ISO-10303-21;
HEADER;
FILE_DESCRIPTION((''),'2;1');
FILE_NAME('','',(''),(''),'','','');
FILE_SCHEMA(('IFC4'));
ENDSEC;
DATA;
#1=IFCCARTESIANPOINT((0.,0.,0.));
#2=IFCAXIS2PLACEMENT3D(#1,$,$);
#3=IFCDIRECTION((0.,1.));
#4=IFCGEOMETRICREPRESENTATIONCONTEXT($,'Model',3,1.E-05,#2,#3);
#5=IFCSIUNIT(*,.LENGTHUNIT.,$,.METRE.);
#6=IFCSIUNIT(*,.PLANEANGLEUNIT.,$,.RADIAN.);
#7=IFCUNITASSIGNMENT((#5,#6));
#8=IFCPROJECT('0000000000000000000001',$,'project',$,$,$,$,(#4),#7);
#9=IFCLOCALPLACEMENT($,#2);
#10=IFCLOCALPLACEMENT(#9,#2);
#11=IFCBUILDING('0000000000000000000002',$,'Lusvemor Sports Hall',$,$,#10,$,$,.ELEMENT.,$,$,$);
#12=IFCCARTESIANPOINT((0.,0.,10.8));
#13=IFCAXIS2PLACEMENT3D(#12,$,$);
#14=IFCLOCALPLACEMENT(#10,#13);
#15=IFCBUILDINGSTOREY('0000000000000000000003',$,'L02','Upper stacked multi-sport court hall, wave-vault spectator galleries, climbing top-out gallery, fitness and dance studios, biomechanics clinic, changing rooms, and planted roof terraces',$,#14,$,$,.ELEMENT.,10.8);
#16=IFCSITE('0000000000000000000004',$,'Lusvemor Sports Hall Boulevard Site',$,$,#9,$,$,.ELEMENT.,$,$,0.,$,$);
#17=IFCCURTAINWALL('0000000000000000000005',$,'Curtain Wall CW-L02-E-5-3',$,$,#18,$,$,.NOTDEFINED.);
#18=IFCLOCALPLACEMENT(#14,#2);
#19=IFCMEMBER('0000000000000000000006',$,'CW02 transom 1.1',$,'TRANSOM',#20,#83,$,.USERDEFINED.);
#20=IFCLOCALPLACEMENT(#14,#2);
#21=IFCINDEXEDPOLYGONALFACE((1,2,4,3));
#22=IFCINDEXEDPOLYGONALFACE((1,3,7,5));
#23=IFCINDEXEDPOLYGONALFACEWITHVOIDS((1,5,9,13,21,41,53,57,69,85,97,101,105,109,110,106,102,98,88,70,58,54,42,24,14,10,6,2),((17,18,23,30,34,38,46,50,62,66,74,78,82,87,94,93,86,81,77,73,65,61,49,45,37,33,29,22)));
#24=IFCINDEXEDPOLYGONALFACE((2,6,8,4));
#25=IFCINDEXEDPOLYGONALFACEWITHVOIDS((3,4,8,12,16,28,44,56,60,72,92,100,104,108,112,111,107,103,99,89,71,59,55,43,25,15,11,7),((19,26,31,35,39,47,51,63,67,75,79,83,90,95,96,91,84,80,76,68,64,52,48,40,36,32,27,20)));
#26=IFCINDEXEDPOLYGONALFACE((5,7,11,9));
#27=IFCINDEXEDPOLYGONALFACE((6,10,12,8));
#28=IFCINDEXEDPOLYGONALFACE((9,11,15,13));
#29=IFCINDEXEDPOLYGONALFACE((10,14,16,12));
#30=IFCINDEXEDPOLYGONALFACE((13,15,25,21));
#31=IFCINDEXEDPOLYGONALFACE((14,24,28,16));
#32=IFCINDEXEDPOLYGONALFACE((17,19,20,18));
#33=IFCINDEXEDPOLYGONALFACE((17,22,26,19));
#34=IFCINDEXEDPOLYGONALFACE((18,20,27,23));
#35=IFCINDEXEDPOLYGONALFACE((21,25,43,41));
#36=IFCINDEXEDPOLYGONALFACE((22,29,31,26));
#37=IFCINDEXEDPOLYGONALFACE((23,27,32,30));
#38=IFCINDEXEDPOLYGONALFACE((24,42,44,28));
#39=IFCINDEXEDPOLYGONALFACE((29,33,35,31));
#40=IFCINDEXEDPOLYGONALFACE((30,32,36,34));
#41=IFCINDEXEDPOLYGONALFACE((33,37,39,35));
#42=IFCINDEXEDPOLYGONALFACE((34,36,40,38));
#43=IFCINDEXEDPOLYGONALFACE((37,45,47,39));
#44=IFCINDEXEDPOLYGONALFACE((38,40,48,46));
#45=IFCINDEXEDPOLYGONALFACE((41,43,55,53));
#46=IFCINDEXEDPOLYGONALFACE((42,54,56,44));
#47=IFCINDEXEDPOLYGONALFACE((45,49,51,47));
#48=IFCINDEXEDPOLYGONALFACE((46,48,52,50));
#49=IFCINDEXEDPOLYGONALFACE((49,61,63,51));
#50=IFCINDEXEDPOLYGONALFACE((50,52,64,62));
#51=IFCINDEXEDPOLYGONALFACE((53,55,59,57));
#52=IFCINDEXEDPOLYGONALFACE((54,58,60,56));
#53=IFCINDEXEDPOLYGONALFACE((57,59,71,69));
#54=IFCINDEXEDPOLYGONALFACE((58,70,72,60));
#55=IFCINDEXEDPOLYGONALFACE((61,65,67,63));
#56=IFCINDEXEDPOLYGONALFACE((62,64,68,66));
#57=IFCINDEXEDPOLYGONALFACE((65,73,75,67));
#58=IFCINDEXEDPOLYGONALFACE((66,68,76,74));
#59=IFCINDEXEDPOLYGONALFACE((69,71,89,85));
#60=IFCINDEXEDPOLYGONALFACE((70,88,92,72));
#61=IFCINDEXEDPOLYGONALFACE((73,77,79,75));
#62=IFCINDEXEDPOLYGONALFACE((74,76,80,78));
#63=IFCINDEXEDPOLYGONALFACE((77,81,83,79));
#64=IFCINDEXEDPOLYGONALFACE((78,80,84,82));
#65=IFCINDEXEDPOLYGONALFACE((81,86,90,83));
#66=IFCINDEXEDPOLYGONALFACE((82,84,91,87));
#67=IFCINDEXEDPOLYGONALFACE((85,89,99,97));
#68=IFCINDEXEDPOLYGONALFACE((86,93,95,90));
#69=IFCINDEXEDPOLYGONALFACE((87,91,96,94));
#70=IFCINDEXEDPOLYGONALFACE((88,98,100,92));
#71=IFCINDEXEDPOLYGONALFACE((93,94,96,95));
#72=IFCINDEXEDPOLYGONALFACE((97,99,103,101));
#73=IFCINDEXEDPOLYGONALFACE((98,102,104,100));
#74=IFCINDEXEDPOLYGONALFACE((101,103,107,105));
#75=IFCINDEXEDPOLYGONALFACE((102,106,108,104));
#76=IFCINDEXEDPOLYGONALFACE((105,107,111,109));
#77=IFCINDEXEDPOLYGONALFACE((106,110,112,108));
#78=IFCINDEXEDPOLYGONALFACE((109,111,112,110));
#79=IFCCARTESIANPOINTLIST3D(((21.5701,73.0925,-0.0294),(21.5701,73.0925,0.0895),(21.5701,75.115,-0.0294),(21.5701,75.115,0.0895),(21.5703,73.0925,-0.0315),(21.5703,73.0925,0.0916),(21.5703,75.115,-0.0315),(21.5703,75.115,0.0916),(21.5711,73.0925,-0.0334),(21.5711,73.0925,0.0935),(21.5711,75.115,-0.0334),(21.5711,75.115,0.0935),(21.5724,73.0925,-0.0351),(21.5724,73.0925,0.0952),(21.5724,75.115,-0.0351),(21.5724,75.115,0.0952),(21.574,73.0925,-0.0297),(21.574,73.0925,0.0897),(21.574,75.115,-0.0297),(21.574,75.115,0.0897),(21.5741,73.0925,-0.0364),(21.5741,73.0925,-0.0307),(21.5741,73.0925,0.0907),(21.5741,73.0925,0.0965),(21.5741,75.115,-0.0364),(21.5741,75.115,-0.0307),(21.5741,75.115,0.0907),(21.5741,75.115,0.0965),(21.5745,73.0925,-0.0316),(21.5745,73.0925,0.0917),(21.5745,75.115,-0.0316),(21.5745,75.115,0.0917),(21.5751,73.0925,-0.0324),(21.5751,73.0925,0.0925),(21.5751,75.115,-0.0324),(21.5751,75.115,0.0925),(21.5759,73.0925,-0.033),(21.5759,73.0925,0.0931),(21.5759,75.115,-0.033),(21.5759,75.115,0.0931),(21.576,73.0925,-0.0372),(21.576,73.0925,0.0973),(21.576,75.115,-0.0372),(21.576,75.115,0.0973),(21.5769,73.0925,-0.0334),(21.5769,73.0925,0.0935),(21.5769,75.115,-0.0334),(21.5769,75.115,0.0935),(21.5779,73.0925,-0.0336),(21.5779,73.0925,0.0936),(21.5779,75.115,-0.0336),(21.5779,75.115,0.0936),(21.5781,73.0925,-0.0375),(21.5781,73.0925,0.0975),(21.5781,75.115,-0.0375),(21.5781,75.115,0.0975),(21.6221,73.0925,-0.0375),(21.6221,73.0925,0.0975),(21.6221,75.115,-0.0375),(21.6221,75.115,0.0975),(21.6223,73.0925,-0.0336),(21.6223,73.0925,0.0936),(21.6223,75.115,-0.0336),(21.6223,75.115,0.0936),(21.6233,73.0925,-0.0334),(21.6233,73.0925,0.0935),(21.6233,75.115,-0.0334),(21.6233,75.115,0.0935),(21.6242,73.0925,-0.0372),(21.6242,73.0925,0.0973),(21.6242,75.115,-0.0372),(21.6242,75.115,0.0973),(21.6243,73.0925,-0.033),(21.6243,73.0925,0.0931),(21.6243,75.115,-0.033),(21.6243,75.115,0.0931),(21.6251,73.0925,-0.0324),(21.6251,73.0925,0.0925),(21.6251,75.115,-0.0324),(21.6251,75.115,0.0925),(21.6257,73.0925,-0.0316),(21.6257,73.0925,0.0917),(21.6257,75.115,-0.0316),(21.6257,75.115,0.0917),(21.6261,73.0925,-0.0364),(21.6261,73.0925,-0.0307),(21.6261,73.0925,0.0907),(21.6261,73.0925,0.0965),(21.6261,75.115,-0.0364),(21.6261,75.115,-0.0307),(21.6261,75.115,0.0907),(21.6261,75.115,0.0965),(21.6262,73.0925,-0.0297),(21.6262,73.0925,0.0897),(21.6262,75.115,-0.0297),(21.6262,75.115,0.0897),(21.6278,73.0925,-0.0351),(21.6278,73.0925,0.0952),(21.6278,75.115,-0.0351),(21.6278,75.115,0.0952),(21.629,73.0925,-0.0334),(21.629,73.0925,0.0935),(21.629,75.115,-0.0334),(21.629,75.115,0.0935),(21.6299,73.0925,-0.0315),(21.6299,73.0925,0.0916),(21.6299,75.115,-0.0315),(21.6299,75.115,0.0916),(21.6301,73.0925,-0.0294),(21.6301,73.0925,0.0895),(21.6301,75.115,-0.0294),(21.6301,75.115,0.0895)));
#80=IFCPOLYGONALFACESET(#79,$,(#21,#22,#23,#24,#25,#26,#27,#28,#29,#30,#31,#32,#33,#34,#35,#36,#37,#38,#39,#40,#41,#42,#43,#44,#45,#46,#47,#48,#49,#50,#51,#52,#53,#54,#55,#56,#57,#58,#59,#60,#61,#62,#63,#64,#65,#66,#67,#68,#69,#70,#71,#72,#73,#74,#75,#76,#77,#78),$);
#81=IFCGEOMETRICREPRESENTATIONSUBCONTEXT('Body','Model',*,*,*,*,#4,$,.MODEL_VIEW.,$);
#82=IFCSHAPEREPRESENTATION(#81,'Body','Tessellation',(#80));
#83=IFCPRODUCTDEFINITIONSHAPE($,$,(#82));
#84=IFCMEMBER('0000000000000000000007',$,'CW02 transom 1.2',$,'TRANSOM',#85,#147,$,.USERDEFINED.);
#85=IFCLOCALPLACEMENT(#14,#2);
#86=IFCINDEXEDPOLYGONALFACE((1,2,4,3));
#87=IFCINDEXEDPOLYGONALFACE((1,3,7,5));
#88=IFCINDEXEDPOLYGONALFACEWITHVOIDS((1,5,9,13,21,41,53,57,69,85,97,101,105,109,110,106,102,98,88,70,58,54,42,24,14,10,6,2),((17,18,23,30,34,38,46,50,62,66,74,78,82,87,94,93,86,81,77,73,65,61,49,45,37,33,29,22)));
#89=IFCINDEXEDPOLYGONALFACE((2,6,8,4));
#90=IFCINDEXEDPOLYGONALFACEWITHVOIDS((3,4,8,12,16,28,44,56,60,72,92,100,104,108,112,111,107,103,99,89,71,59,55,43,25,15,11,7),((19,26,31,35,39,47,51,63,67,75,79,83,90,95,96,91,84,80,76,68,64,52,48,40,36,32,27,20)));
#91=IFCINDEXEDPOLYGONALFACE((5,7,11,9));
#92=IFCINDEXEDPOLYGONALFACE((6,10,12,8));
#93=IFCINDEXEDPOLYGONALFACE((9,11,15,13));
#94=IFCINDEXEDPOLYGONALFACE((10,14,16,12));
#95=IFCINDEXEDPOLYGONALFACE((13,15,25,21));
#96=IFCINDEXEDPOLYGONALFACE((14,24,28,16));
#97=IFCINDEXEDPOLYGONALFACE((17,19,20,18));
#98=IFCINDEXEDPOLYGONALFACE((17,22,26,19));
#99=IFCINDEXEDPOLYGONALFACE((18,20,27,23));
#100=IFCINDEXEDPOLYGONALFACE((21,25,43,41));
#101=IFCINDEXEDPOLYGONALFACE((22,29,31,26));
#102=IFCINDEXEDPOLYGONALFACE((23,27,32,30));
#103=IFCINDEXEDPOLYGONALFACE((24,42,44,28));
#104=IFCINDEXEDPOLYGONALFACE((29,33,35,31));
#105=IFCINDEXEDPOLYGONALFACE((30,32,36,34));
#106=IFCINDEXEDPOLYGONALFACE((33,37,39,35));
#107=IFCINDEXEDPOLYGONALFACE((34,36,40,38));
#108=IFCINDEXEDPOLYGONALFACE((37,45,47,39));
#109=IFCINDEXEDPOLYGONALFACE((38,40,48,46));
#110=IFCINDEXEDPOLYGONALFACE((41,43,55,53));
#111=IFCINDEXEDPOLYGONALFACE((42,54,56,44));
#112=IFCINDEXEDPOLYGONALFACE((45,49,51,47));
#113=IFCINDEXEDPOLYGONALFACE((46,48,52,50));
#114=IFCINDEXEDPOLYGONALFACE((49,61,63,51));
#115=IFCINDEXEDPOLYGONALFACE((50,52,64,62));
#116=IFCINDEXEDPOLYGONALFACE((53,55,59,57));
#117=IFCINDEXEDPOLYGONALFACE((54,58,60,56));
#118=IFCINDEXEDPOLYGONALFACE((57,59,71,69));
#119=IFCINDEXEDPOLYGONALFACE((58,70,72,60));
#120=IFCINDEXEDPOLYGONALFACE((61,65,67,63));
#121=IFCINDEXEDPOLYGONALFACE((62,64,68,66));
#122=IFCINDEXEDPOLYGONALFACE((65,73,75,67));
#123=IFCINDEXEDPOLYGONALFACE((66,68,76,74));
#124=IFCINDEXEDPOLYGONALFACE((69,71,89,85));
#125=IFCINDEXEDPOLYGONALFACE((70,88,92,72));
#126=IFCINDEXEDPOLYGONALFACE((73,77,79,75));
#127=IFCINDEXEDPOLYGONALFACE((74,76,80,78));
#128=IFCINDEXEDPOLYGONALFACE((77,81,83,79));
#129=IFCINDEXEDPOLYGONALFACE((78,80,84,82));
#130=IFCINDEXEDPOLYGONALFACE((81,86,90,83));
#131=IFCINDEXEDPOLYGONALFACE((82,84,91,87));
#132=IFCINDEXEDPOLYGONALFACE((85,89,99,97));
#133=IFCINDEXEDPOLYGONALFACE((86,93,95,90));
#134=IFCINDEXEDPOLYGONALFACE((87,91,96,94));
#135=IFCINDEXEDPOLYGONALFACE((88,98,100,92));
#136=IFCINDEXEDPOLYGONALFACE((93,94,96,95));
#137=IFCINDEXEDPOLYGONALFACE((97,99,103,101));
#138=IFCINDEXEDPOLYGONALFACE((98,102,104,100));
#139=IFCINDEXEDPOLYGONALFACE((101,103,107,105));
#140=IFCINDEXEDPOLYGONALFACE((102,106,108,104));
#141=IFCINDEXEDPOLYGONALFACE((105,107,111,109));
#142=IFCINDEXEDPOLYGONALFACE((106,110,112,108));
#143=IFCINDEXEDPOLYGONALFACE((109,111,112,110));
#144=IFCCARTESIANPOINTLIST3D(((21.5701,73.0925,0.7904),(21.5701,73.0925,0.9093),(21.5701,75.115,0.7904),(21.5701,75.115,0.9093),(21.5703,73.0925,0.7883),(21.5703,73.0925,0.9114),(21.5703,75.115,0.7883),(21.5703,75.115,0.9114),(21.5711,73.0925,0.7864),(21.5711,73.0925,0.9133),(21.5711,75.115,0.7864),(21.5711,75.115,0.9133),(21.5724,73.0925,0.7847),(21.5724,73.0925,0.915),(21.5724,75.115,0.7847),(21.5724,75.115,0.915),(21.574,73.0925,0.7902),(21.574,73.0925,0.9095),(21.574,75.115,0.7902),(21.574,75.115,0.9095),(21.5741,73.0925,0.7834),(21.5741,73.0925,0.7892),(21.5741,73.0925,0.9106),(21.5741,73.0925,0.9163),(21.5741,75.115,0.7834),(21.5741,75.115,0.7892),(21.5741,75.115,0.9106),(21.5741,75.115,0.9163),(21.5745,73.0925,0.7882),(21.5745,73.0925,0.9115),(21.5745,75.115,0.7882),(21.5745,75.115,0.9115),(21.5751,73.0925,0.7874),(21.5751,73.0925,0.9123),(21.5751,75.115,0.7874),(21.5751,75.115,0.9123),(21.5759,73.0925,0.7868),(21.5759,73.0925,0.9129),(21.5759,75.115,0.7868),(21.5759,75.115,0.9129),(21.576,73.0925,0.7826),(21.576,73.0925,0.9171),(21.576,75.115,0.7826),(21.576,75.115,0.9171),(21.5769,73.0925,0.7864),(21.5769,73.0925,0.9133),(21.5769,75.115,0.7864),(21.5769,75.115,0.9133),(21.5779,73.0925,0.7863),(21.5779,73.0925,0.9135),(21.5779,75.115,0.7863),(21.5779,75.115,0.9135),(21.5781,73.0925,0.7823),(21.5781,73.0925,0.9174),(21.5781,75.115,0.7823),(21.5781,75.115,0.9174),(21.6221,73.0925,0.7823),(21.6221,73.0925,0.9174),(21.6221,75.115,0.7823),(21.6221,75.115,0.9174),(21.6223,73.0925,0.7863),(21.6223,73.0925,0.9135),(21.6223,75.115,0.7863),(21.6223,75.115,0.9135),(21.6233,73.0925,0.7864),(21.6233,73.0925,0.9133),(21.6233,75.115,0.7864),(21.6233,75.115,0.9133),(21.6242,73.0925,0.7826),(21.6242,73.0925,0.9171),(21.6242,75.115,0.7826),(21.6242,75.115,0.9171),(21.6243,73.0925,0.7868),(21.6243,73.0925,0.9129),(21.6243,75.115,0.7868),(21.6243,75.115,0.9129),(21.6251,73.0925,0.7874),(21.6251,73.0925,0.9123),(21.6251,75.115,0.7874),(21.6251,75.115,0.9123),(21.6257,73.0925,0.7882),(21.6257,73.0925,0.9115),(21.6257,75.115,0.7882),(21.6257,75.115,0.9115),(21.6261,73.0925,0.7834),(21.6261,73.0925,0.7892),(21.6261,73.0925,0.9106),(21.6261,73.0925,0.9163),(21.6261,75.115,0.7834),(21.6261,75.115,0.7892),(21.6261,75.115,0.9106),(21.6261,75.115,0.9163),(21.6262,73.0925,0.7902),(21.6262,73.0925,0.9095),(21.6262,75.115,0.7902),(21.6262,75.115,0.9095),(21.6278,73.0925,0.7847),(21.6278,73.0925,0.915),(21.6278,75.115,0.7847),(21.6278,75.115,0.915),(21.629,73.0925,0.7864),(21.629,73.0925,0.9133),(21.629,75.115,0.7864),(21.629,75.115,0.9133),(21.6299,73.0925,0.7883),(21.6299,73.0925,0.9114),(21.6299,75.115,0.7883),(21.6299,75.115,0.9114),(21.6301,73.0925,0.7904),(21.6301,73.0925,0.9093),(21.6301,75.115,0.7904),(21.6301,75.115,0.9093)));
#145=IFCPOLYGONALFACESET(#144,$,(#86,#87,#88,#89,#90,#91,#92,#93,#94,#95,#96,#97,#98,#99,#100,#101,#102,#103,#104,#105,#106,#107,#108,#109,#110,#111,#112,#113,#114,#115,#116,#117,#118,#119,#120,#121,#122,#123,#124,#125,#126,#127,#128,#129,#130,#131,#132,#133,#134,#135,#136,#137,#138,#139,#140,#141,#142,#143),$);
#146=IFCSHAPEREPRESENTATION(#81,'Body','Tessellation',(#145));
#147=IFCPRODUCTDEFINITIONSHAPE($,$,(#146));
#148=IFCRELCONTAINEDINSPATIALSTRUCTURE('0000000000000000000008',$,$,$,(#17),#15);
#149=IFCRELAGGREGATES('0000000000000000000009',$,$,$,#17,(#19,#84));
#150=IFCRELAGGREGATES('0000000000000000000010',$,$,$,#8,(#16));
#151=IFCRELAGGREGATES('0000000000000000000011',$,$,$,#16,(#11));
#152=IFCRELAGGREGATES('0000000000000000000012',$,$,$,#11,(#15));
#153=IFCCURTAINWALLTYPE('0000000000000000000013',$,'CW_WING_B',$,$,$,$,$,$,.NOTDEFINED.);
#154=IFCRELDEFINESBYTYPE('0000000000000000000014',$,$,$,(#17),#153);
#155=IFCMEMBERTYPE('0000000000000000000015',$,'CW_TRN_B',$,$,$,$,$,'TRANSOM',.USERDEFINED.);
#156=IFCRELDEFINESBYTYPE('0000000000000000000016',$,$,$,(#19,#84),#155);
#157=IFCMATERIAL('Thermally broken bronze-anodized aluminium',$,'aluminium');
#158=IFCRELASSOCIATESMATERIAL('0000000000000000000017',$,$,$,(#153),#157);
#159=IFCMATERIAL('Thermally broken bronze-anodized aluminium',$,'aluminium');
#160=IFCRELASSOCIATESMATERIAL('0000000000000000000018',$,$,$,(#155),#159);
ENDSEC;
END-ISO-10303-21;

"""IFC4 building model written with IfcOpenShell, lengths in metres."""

from ifc_helpers import new_model, si_unit, direction, frame, origin, origin_2d, place, context, subcontext, project, spatial, hollow_rectangle, extrude, material, material_profile, profile_set, type_object, element, aggregate, save


model = new_model("IFC4")

# Units and contexts
model_context = context("Model", 3, precision=1e-05, world=origin(), true_north=direction((0.0, 1.0)))
body_context = subcontext(model_context, "Body", "Model", "MODEL_VIEW")
ifc_project = project(units=[si_unit("LENGTHUNIT", "METRE"), si_unit("PLANEANGLEUNIT", "RADIAN")], contexts=[model_context])

# Site, building, storey
site_placement = place(None, origin())
site = spatial("IfcSite", under=ifc_project, at=site_placement, Name="Lusvemor Sports Hall Boulevard Site", CompositionType="ELEMENT", RefElevation=0.0)
building_placement = place(site_placement, origin())
building = spatial("IfcBuilding", under=site, at=building_placement, Name="Lusvemor Sports Hall", CompositionType="ELEMENT")
storey_placement = place(building_placement, frame((0.0, 0.0, 10.8)))
storey = spatial("IfcBuildingStorey", under=building, at=storey_placement, Name="L02", Description="Upper stacked multi-sport court hall, wave-vault spectator galleries, climbing top-out gallery, fitness and dance studios, biomechanics clinic, changing rooms, and planted roof terraces", CompositionType="ELEMENT", Elevation=10.8)

# Curtain wall
ifc_material_1 = material(Name="Thermally broken bronze-anodized aluminium", Category="aluminium")
curtain_wall_type = type_object("IfcCurtainWallType", Name="CW_WING_B", PredefinedType="NOTDEFINED", material=ifc_material_1)
curtain_wall_1_placement = place(storey_placement, origin())
curtain_wall_1 = element("IfcCurtainWall", 1, at=curtain_wall_1_placement, inside=storey, type_object=curtain_wall_type, Name="Curtain Wall CW-L02-E-5-3", PredefinedType="NOTDEFINED")

# Members
ifc_material_2 = material(Name="Thermally broken bronze-anodized aluminium", Category="aluminium")
ifc_material_profile_1 = material_profile(ifc_material_2, hollow_rectangle(XDim=0.0601, YDim=0.135, WallThickness=0.0039, InnerFilletRadius=0.0039, OuterFilletRadius=0.0081, at=origin_2d()), Name="CWTRN135x60x4")
ifc_profile_set_1 = profile_set([ifc_material_profile_1], Name="Thermally broken bronze-anodized aluminium")
member_type_1 = type_object("IfcMemberType", Name="CW_TRN_B", ElementType="TRANSOM", PredefinedType="USERDEFINED", material=ifc_profile_set_1)
member_1_placement = place(storey_placement, frame((21.6001, 75.115, 0.03), z_axis=(0.0, -1.0, 0.0), x_axis=(1.0, 0.0, 0.0)))
member_1 = element("IfcMember", 2, at=member_1_placement, type_object=member_type_1, Name="CW02 transom 1.1", ObjectType="TRANSOM", PredefinedType="USERDEFINED", context=body_context, shape_type="SweptSolid", body=[
    extrude(hollow_rectangle(XDim=0.0601, YDim=0.135, WallThickness=0.0039, InnerFilletRadius=0.0039, OuterFilletRadius=0.0081, at=origin_2d()), origin(), (0.0, 0.0, 1.0), 2.0225),
])
member_2_placement = place(storey_placement, frame((21.6001, 75.115, 0.8499), z_axis=(0.0, -1.0, 0.0), x_axis=(1.0, 0.0, 0.0)))
member_2 = element("IfcMember", 3, at=member_2_placement, type_object=member_type_1, Name="CW02 transom 1.2", ObjectType="TRANSOM", PredefinedType="USERDEFINED", context=body_context, shape_type="SweptSolid", body=[
    extrude(hollow_rectangle(XDim=0.0601, YDim=0.135, WallThickness=0.0039, InnerFilletRadius=0.0039, OuterFilletRadius=0.0081, at=origin_2d()), origin(), (0.0, 0.0, 1.0), 2.0225),
])

aggregate(curtain_wall_1, [member_1, member_2])

save(model, "model.ifc")
